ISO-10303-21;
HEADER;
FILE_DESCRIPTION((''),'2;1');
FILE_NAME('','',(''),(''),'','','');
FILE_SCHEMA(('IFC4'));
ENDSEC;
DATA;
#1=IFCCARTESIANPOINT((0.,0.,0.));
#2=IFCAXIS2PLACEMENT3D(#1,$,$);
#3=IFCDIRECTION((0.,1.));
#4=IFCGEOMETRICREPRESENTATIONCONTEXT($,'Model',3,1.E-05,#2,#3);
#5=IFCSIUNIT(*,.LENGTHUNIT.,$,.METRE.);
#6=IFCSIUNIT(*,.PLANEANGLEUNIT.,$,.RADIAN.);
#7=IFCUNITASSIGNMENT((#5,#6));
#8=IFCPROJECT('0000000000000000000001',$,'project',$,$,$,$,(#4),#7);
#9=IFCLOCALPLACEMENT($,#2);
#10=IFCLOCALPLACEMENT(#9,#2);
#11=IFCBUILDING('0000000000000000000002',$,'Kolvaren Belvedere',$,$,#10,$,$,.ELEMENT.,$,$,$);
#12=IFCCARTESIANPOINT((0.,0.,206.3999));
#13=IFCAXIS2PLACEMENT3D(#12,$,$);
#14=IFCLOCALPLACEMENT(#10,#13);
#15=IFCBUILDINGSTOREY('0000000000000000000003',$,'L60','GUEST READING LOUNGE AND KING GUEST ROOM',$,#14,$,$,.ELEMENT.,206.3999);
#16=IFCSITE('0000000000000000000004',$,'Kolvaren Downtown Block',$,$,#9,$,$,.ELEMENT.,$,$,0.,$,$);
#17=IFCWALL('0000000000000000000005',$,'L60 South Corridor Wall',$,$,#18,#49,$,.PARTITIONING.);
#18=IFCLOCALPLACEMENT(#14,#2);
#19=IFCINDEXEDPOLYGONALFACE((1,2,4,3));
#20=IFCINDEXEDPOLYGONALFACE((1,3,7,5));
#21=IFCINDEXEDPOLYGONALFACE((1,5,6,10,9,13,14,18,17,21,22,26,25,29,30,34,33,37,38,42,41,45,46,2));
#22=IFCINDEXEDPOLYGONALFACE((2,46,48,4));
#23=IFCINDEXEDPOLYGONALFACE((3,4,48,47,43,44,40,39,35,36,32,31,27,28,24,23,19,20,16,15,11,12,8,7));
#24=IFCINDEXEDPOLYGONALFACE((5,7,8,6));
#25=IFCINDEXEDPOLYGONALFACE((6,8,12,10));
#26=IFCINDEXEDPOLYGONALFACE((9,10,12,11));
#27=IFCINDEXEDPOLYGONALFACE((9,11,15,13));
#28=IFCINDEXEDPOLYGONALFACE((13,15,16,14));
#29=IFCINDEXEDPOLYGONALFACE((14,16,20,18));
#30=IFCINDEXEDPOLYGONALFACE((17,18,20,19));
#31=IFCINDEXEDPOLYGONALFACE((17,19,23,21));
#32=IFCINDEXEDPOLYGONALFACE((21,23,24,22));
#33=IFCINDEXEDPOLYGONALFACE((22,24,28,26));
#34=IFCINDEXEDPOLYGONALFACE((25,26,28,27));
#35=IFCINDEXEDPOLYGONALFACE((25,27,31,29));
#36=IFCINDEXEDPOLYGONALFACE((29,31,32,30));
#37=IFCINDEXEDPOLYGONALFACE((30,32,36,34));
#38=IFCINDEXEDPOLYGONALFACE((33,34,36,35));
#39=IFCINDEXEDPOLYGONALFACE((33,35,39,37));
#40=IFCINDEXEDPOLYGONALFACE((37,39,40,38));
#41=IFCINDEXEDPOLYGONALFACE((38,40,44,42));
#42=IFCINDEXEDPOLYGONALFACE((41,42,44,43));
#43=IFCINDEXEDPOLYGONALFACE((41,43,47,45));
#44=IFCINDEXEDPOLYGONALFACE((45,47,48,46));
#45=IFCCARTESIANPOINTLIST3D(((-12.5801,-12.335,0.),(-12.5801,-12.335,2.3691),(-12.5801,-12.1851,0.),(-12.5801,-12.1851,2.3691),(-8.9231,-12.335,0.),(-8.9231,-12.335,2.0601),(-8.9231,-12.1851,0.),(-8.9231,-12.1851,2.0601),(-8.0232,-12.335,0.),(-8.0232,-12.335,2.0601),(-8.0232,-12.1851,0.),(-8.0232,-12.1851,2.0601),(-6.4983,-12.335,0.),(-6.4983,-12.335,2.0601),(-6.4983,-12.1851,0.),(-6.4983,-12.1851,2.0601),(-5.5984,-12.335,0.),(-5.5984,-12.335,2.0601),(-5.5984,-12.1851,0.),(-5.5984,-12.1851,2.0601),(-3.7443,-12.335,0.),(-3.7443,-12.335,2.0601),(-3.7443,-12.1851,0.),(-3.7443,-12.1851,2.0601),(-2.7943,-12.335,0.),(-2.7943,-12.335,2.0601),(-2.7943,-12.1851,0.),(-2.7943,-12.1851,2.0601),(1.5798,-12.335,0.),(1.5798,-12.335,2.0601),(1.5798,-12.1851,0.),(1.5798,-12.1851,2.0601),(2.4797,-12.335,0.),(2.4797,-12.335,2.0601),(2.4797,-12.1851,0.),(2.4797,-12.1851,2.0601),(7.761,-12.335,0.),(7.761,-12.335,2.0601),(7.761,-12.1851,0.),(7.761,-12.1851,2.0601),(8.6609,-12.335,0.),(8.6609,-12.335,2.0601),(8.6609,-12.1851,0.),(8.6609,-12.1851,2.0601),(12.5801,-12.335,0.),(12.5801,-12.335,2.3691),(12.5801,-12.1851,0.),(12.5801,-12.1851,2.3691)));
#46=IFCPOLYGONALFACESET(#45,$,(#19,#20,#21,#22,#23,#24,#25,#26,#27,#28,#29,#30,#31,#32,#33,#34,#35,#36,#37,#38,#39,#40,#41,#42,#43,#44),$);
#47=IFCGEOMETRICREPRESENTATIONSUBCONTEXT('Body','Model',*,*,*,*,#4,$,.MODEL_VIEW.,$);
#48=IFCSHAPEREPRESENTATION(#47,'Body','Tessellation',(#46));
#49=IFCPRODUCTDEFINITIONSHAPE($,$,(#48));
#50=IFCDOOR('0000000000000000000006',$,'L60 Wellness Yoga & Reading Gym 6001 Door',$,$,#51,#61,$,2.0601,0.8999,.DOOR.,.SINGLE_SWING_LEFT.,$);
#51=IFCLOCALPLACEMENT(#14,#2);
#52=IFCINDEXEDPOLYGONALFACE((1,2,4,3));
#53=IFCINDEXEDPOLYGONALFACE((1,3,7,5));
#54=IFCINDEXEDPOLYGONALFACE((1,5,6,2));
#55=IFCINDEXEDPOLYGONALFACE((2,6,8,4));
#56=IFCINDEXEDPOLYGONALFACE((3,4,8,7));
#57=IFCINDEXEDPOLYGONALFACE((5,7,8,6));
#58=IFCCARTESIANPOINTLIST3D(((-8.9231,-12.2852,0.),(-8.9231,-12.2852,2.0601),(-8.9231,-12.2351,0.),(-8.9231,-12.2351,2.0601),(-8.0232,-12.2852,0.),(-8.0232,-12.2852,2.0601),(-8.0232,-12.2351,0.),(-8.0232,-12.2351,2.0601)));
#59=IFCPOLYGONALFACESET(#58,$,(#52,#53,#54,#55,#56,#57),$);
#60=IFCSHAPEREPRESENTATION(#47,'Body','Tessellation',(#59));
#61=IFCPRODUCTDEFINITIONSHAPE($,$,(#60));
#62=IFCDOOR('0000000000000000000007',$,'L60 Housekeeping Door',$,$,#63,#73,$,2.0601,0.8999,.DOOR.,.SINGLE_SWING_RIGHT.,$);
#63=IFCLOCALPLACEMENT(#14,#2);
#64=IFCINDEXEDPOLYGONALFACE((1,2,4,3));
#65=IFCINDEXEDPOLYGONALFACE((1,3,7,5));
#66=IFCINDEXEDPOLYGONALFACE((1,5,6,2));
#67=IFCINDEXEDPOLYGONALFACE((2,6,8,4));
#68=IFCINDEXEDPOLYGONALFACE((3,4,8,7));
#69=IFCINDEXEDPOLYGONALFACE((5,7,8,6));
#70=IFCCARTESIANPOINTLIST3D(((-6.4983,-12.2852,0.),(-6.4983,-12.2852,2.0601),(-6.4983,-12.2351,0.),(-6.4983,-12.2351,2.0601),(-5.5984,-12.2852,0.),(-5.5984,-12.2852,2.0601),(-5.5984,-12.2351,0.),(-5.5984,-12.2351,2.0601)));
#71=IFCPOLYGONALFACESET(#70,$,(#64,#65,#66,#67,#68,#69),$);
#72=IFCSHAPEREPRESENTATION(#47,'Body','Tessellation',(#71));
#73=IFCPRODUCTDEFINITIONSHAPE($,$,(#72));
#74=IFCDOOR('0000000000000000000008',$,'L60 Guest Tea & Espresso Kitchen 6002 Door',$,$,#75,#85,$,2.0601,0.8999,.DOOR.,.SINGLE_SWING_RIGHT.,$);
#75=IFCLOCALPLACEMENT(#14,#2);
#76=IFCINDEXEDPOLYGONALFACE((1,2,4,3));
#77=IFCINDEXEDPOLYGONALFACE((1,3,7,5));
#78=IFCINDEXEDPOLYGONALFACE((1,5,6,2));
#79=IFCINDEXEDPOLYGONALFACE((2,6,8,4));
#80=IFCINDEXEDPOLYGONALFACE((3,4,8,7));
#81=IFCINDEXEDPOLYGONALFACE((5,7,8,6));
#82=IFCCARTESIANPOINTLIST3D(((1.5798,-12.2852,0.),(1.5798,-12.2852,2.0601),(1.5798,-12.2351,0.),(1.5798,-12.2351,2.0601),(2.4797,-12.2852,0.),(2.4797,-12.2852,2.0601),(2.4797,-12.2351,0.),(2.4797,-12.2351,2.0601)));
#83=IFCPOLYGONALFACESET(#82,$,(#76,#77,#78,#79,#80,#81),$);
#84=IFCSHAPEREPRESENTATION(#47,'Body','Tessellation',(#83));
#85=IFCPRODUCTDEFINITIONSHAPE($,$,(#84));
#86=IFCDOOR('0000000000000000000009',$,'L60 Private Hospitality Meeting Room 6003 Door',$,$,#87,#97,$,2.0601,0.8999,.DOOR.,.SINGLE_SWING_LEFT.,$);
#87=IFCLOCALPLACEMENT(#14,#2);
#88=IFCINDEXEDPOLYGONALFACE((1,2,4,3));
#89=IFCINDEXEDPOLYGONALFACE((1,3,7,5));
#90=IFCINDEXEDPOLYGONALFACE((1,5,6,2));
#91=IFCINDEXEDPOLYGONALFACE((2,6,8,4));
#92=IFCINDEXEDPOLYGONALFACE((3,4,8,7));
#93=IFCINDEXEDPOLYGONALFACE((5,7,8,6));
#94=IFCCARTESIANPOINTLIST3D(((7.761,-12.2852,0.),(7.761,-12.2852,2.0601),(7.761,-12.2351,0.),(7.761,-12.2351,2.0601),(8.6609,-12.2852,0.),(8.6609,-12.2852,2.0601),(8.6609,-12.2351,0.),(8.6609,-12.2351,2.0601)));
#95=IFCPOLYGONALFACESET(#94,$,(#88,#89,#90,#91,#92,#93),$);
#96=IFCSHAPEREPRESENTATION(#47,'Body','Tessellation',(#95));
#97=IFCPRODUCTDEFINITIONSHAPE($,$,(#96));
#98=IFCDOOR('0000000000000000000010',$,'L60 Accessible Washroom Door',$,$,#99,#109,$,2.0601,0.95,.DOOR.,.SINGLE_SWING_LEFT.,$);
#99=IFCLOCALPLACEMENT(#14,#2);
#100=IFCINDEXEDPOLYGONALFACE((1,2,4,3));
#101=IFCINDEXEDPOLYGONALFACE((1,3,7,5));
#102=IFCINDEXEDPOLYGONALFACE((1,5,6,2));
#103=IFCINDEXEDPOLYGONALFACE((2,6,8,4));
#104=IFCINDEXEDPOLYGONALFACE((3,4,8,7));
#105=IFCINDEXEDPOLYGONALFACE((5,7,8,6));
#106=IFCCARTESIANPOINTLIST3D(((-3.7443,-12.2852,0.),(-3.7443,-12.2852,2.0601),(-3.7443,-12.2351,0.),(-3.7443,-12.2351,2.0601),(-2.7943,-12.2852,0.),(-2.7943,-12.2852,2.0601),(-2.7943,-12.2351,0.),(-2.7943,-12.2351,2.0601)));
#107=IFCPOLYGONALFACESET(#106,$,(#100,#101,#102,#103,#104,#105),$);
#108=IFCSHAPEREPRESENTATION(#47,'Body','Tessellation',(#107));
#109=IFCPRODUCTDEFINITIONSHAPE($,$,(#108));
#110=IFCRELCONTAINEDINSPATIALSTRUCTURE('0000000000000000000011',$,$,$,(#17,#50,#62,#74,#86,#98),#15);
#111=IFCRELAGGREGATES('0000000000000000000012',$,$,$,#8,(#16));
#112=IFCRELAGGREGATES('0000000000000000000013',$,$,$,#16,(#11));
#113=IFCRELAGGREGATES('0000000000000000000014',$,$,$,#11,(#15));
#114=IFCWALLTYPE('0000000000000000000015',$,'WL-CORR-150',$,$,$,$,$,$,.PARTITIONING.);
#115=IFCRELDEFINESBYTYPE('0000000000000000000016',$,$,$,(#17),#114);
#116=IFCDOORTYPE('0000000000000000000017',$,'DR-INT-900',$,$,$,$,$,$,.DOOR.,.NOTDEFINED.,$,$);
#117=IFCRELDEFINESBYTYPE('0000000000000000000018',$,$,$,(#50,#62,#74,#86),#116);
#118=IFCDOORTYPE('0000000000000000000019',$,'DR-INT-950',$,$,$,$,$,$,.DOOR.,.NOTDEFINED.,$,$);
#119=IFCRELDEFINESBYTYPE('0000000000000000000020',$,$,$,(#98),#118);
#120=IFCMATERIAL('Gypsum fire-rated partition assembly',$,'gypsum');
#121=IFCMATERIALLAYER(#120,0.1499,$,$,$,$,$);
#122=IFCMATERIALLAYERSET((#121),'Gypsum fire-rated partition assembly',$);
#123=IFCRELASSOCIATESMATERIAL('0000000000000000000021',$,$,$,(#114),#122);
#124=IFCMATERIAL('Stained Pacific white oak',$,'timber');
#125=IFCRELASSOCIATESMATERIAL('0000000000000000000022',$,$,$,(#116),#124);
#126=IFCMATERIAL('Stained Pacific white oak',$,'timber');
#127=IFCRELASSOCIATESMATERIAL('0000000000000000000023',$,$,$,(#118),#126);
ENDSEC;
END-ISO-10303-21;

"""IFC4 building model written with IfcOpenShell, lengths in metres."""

from ifc_helpers import new_model, si_unit, direction, frame, frame_2d, origin, place, context, subcontext, project, spatial, rectangle, extrude, material, layer, layer_set, type_object, element, fill, save


model = new_model("IFC4")

# Units and contexts
model_context = context("Model", 3, precision=1e-05, world=origin(), true_north=direction((0.0, 1.0)))
body_context = subcontext(model_context, "Body", "Model", "MODEL_VIEW")
ifc_project = project(units=[si_unit("LENGTHUNIT", "METRE"), si_unit("PLANEANGLEUNIT", "RADIAN")], contexts=[model_context])

# Site, building, storey
site_placement = place(None, origin())
site = spatial("IfcSite", under=ifc_project, at=site_placement, Name="Kolvaren Downtown Block", CompositionType="ELEMENT", RefElevation=0.0)
building_placement = place(site_placement, origin())
building = spatial("IfcBuilding", under=site, at=building_placement, Name="Kolvaren Belvedere", CompositionType="ELEMENT")
storey_placement = place(building_placement, frame((0.0, 0.0, 206.3999)))
storey = spatial("IfcBuildingStorey", under=building, at=storey_placement, Name="L60", Description="GUEST READING LOUNGE AND KING GUEST ROOM", CompositionType="ELEMENT", Elevation=206.3999)

# Wall, openings, doors
ifc_material_1 = material(Name="Gypsum fire-rated partition assembly", Category="gypsum")
ifc_layer_1 = layer(ifc_material_1, 0.1499)
ifc_layer_set_1 = layer_set([ifc_layer_1], Name="Gypsum fire-rated partition assembly")
wall_type_1 = type_object("IfcWallType", Name="WL-CORR-150", PredefinedType="PARTITIONING", material=ifc_layer_set_1)
wall_1_placement = place(storey_placement, frame((-12.5801, -12.26, 0.0), z_axis=(0.0, 0.0, 1.0), x_axis=(1.0, 0.0, 0.0)))
wall_1 = element("IfcWall", 1, at=wall_1_placement, inside=storey, type_object=wall_type_1, Name="L60 South Corridor Wall", PredefinedType="PARTITIONING", context=body_context, shape_type="SweptSolid", body=[
    extrude(rectangle(XDim=25.1602, YDim=0.1499, at=frame_2d((12.5801, 0.0))), origin(), (0.0, 0.0, 1.0), 2.3691),
])
opening_1_placement = place(wall_1_placement, frame((3.657, 0.0, 0.0)))
opening_1 = element("IfcOpeningElement", 2, at=opening_1_placement, cuts=wall_1, PredefinedType="OPENING", context=body_context, shape_type="SweptSolid", body=[
    extrude(rectangle(XDim=0.8999, YDim=2.0601, at=frame_2d((0.45, 1.03))), frame((0.0, 0.085, 0.0), z_axis=(0.0, -1.0, 0.0), x_axis=(1.0, 0.0, 0.0)), (0.0, 0.0, 1.0), 0.1699),
])
opening_2_placement = place(wall_1_placement, frame((6.0818, 0.0, 0.0)))
opening_2 = element("IfcOpeningElement", 3, at=opening_2_placement, cuts=wall_1, PredefinedType="OPENING", context=body_context, shape_type="SweptSolid", body=[
    extrude(rectangle(XDim=0.8999, YDim=2.0601, at=frame_2d((0.45, 1.03))), frame((0.0, 0.085, 0.0), z_axis=(0.0, -1.0, 0.0), x_axis=(1.0, 0.0, 0.0)), (0.0, 0.0, 1.0), 0.1699),
])
opening_3_placement = place(wall_1_placement, frame((8.8357, 0.0, 0.0)))
opening_3 = element("IfcOpeningElement", 4, at=opening_3_placement, cuts=wall_1, PredefinedType="OPENING", context=body_context, shape_type="SweptSolid", body=[
    extrude(rectangle(XDim=0.95, YDim=2.0601, at=frame_2d((0.4751, 1.03))), frame((0.0, 0.085, 0.0), z_axis=(0.0, -1.0, 0.0), x_axis=(1.0, 0.0, 0.0)), (0.0, 0.0, 1.0), 0.1699),
])
opening_4_placement = place(wall_1_placement, frame((14.1599, 0.0, 0.0)))
opening_4 = element("IfcOpeningElement", 5, at=opening_4_placement, cuts=wall_1, PredefinedType="OPENING", context=body_context, shape_type="SweptSolid", body=[
    extrude(rectangle(XDim=0.8999, YDim=2.0601, at=frame_2d((0.45, 1.03))), frame((0.0, 0.085, 0.0), z_axis=(0.0, -1.0, 0.0), x_axis=(1.0, 0.0, 0.0)), (0.0, 0.0, 1.0), 0.1699),
])
opening_5_placement = place(wall_1_placement, frame((20.3411, 0.0, 0.0)))
opening_5 = element("IfcOpeningElement", 6, at=opening_5_placement, cuts=wall_1, PredefinedType="OPENING", context=body_context, shape_type="SweptSolid", body=[
    extrude(rectangle(XDim=0.8999, YDim=2.0601, at=frame_2d((0.45, 1.03))), frame((0.0, 0.085, 0.0), z_axis=(0.0, -1.0, 0.0), x_axis=(1.0, 0.0, 0.0)), (0.0, 0.0, 1.0), 0.1699),
])
ifc_material_2 = material(Name="Stained Pacific white oak", Category="timber")
door_type_1 = type_object("IfcDoorType", Name="DR-INT-900", OperationType="NOTDEFINED", PredefinedType="DOOR", material=ifc_material_2)
door_1_placement = place(opening_1_placement, origin())
door_1 = element("IfcDoor", 7, at=door_1_placement, inside=storey, type_object=door_type_1, Name="L60 Wellness Yoga & Reading Gym 6001 Door", OperationType="SINGLE_SWING_LEFT", OverallHeight=2.0601, OverallWidth=0.8999, PredefinedType="DOOR", context=body_context, shape_type="SweptSolid", body=[
    extrude(rectangle(XDim=0.8999, YDim=2.0601, at=frame_2d((0.45, 1.03))), frame((0.0, 0.0249, 0.0), z_axis=(0.0, -1.0, 0.0), x_axis=(1.0, 0.0, 0.0)), (0.0, 0.0, 1.0), 0.05),
])
fill(opening_1, door_1)
door_2_placement = place(opening_2_placement, origin())
door_2 = element("IfcDoor", 8, at=door_2_placement, inside=storey, type_object=door_type_1, Name="L60 Housekeeping Door", OperationType="SINGLE_SWING_RIGHT", OverallHeight=2.0601, OverallWidth=0.8999, PredefinedType="DOOR", context=body_context, shape_type="SweptSolid", body=[
    extrude(rectangle(XDim=0.8999, YDim=2.0601, at=frame_2d((0.45, 1.03))), frame((0.0, 0.0249, 0.0), z_axis=(0.0, -1.0, 0.0), x_axis=(1.0, 0.0, 0.0)), (0.0, 0.0, 1.0), 0.05),
])
fill(opening_2, door_2)
door_3_placement = place(opening_4_placement, origin())
door_3 = element("IfcDoor", 9, at=door_3_placement, inside=storey, type_object=door_type_1, Name="L60 Guest Tea & Espresso Kitchen 6002 Door", OperationType="SINGLE_SWING_RIGHT", OverallHeight=2.0601, OverallWidth=0.8999, PredefinedType="DOOR", context=body_context, shape_type="SweptSolid", body=[
    extrude(rectangle(XDim=0.8999, YDim=2.0601, at=frame_2d((0.45, 1.03))), frame((0.0, 0.0249, 0.0), z_axis=(0.0, -1.0, 0.0), x_axis=(1.0, 0.0, 0.0)), (0.0, 0.0, 1.0), 0.05),
])
fill(opening_4, door_3)
door_4_placement = place(opening_5_placement, origin())
door_4 = element("IfcDoor", 10, at=door_4_placement, inside=storey, type_object=door_type_1, Name="L60 Private Hospitality Meeting Room 6003 Door", OperationType="SINGLE_SWING_LEFT", OverallHeight=2.0601, OverallWidth=0.8999, PredefinedType="DOOR", context=body_context, shape_type="SweptSolid", body=[
    extrude(rectangle(XDim=0.8999, YDim=2.0601, at=frame_2d((0.45, 1.03))), frame((0.0, 0.0249, 0.0), z_axis=(0.0, -1.0, 0.0), x_axis=(1.0, 0.0, 0.0)), (0.0, 0.0, 1.0), 0.05),
])
fill(opening_5, door_4)
ifc_material_3 = material(Name="Stained Pacific white oak", Category="timber")
door_type_2 = type_object("IfcDoorType", Name="DR-INT-950", OperationType="NOTDEFINED", PredefinedType="DOOR", material=ifc_material_3)
door_5_placement = place(opening_3_placement, origin())
door_5 = element("IfcDoor", 11, at=door_5_placement, inside=storey, type_object=door_type_2, Name="L60 Accessible Washroom Door", OperationType="SINGLE_SWING_LEFT", OverallHeight=2.0601, OverallWidth=0.95, PredefinedType="DOOR", context=body_context, shape_type="SweptSolid", body=[
    extrude(rectangle(XDim=0.95, YDim=2.0601, at=frame_2d((0.4751, 1.03))), frame((0.0, 0.0249, 0.0), z_axis=(0.0, -1.0, 0.0), x_axis=(1.0, 0.0, 0.0)), (0.0, 0.0, 1.0), 0.05),
])
fill(opening_3, door_5)

save(model, "model.ifc")
